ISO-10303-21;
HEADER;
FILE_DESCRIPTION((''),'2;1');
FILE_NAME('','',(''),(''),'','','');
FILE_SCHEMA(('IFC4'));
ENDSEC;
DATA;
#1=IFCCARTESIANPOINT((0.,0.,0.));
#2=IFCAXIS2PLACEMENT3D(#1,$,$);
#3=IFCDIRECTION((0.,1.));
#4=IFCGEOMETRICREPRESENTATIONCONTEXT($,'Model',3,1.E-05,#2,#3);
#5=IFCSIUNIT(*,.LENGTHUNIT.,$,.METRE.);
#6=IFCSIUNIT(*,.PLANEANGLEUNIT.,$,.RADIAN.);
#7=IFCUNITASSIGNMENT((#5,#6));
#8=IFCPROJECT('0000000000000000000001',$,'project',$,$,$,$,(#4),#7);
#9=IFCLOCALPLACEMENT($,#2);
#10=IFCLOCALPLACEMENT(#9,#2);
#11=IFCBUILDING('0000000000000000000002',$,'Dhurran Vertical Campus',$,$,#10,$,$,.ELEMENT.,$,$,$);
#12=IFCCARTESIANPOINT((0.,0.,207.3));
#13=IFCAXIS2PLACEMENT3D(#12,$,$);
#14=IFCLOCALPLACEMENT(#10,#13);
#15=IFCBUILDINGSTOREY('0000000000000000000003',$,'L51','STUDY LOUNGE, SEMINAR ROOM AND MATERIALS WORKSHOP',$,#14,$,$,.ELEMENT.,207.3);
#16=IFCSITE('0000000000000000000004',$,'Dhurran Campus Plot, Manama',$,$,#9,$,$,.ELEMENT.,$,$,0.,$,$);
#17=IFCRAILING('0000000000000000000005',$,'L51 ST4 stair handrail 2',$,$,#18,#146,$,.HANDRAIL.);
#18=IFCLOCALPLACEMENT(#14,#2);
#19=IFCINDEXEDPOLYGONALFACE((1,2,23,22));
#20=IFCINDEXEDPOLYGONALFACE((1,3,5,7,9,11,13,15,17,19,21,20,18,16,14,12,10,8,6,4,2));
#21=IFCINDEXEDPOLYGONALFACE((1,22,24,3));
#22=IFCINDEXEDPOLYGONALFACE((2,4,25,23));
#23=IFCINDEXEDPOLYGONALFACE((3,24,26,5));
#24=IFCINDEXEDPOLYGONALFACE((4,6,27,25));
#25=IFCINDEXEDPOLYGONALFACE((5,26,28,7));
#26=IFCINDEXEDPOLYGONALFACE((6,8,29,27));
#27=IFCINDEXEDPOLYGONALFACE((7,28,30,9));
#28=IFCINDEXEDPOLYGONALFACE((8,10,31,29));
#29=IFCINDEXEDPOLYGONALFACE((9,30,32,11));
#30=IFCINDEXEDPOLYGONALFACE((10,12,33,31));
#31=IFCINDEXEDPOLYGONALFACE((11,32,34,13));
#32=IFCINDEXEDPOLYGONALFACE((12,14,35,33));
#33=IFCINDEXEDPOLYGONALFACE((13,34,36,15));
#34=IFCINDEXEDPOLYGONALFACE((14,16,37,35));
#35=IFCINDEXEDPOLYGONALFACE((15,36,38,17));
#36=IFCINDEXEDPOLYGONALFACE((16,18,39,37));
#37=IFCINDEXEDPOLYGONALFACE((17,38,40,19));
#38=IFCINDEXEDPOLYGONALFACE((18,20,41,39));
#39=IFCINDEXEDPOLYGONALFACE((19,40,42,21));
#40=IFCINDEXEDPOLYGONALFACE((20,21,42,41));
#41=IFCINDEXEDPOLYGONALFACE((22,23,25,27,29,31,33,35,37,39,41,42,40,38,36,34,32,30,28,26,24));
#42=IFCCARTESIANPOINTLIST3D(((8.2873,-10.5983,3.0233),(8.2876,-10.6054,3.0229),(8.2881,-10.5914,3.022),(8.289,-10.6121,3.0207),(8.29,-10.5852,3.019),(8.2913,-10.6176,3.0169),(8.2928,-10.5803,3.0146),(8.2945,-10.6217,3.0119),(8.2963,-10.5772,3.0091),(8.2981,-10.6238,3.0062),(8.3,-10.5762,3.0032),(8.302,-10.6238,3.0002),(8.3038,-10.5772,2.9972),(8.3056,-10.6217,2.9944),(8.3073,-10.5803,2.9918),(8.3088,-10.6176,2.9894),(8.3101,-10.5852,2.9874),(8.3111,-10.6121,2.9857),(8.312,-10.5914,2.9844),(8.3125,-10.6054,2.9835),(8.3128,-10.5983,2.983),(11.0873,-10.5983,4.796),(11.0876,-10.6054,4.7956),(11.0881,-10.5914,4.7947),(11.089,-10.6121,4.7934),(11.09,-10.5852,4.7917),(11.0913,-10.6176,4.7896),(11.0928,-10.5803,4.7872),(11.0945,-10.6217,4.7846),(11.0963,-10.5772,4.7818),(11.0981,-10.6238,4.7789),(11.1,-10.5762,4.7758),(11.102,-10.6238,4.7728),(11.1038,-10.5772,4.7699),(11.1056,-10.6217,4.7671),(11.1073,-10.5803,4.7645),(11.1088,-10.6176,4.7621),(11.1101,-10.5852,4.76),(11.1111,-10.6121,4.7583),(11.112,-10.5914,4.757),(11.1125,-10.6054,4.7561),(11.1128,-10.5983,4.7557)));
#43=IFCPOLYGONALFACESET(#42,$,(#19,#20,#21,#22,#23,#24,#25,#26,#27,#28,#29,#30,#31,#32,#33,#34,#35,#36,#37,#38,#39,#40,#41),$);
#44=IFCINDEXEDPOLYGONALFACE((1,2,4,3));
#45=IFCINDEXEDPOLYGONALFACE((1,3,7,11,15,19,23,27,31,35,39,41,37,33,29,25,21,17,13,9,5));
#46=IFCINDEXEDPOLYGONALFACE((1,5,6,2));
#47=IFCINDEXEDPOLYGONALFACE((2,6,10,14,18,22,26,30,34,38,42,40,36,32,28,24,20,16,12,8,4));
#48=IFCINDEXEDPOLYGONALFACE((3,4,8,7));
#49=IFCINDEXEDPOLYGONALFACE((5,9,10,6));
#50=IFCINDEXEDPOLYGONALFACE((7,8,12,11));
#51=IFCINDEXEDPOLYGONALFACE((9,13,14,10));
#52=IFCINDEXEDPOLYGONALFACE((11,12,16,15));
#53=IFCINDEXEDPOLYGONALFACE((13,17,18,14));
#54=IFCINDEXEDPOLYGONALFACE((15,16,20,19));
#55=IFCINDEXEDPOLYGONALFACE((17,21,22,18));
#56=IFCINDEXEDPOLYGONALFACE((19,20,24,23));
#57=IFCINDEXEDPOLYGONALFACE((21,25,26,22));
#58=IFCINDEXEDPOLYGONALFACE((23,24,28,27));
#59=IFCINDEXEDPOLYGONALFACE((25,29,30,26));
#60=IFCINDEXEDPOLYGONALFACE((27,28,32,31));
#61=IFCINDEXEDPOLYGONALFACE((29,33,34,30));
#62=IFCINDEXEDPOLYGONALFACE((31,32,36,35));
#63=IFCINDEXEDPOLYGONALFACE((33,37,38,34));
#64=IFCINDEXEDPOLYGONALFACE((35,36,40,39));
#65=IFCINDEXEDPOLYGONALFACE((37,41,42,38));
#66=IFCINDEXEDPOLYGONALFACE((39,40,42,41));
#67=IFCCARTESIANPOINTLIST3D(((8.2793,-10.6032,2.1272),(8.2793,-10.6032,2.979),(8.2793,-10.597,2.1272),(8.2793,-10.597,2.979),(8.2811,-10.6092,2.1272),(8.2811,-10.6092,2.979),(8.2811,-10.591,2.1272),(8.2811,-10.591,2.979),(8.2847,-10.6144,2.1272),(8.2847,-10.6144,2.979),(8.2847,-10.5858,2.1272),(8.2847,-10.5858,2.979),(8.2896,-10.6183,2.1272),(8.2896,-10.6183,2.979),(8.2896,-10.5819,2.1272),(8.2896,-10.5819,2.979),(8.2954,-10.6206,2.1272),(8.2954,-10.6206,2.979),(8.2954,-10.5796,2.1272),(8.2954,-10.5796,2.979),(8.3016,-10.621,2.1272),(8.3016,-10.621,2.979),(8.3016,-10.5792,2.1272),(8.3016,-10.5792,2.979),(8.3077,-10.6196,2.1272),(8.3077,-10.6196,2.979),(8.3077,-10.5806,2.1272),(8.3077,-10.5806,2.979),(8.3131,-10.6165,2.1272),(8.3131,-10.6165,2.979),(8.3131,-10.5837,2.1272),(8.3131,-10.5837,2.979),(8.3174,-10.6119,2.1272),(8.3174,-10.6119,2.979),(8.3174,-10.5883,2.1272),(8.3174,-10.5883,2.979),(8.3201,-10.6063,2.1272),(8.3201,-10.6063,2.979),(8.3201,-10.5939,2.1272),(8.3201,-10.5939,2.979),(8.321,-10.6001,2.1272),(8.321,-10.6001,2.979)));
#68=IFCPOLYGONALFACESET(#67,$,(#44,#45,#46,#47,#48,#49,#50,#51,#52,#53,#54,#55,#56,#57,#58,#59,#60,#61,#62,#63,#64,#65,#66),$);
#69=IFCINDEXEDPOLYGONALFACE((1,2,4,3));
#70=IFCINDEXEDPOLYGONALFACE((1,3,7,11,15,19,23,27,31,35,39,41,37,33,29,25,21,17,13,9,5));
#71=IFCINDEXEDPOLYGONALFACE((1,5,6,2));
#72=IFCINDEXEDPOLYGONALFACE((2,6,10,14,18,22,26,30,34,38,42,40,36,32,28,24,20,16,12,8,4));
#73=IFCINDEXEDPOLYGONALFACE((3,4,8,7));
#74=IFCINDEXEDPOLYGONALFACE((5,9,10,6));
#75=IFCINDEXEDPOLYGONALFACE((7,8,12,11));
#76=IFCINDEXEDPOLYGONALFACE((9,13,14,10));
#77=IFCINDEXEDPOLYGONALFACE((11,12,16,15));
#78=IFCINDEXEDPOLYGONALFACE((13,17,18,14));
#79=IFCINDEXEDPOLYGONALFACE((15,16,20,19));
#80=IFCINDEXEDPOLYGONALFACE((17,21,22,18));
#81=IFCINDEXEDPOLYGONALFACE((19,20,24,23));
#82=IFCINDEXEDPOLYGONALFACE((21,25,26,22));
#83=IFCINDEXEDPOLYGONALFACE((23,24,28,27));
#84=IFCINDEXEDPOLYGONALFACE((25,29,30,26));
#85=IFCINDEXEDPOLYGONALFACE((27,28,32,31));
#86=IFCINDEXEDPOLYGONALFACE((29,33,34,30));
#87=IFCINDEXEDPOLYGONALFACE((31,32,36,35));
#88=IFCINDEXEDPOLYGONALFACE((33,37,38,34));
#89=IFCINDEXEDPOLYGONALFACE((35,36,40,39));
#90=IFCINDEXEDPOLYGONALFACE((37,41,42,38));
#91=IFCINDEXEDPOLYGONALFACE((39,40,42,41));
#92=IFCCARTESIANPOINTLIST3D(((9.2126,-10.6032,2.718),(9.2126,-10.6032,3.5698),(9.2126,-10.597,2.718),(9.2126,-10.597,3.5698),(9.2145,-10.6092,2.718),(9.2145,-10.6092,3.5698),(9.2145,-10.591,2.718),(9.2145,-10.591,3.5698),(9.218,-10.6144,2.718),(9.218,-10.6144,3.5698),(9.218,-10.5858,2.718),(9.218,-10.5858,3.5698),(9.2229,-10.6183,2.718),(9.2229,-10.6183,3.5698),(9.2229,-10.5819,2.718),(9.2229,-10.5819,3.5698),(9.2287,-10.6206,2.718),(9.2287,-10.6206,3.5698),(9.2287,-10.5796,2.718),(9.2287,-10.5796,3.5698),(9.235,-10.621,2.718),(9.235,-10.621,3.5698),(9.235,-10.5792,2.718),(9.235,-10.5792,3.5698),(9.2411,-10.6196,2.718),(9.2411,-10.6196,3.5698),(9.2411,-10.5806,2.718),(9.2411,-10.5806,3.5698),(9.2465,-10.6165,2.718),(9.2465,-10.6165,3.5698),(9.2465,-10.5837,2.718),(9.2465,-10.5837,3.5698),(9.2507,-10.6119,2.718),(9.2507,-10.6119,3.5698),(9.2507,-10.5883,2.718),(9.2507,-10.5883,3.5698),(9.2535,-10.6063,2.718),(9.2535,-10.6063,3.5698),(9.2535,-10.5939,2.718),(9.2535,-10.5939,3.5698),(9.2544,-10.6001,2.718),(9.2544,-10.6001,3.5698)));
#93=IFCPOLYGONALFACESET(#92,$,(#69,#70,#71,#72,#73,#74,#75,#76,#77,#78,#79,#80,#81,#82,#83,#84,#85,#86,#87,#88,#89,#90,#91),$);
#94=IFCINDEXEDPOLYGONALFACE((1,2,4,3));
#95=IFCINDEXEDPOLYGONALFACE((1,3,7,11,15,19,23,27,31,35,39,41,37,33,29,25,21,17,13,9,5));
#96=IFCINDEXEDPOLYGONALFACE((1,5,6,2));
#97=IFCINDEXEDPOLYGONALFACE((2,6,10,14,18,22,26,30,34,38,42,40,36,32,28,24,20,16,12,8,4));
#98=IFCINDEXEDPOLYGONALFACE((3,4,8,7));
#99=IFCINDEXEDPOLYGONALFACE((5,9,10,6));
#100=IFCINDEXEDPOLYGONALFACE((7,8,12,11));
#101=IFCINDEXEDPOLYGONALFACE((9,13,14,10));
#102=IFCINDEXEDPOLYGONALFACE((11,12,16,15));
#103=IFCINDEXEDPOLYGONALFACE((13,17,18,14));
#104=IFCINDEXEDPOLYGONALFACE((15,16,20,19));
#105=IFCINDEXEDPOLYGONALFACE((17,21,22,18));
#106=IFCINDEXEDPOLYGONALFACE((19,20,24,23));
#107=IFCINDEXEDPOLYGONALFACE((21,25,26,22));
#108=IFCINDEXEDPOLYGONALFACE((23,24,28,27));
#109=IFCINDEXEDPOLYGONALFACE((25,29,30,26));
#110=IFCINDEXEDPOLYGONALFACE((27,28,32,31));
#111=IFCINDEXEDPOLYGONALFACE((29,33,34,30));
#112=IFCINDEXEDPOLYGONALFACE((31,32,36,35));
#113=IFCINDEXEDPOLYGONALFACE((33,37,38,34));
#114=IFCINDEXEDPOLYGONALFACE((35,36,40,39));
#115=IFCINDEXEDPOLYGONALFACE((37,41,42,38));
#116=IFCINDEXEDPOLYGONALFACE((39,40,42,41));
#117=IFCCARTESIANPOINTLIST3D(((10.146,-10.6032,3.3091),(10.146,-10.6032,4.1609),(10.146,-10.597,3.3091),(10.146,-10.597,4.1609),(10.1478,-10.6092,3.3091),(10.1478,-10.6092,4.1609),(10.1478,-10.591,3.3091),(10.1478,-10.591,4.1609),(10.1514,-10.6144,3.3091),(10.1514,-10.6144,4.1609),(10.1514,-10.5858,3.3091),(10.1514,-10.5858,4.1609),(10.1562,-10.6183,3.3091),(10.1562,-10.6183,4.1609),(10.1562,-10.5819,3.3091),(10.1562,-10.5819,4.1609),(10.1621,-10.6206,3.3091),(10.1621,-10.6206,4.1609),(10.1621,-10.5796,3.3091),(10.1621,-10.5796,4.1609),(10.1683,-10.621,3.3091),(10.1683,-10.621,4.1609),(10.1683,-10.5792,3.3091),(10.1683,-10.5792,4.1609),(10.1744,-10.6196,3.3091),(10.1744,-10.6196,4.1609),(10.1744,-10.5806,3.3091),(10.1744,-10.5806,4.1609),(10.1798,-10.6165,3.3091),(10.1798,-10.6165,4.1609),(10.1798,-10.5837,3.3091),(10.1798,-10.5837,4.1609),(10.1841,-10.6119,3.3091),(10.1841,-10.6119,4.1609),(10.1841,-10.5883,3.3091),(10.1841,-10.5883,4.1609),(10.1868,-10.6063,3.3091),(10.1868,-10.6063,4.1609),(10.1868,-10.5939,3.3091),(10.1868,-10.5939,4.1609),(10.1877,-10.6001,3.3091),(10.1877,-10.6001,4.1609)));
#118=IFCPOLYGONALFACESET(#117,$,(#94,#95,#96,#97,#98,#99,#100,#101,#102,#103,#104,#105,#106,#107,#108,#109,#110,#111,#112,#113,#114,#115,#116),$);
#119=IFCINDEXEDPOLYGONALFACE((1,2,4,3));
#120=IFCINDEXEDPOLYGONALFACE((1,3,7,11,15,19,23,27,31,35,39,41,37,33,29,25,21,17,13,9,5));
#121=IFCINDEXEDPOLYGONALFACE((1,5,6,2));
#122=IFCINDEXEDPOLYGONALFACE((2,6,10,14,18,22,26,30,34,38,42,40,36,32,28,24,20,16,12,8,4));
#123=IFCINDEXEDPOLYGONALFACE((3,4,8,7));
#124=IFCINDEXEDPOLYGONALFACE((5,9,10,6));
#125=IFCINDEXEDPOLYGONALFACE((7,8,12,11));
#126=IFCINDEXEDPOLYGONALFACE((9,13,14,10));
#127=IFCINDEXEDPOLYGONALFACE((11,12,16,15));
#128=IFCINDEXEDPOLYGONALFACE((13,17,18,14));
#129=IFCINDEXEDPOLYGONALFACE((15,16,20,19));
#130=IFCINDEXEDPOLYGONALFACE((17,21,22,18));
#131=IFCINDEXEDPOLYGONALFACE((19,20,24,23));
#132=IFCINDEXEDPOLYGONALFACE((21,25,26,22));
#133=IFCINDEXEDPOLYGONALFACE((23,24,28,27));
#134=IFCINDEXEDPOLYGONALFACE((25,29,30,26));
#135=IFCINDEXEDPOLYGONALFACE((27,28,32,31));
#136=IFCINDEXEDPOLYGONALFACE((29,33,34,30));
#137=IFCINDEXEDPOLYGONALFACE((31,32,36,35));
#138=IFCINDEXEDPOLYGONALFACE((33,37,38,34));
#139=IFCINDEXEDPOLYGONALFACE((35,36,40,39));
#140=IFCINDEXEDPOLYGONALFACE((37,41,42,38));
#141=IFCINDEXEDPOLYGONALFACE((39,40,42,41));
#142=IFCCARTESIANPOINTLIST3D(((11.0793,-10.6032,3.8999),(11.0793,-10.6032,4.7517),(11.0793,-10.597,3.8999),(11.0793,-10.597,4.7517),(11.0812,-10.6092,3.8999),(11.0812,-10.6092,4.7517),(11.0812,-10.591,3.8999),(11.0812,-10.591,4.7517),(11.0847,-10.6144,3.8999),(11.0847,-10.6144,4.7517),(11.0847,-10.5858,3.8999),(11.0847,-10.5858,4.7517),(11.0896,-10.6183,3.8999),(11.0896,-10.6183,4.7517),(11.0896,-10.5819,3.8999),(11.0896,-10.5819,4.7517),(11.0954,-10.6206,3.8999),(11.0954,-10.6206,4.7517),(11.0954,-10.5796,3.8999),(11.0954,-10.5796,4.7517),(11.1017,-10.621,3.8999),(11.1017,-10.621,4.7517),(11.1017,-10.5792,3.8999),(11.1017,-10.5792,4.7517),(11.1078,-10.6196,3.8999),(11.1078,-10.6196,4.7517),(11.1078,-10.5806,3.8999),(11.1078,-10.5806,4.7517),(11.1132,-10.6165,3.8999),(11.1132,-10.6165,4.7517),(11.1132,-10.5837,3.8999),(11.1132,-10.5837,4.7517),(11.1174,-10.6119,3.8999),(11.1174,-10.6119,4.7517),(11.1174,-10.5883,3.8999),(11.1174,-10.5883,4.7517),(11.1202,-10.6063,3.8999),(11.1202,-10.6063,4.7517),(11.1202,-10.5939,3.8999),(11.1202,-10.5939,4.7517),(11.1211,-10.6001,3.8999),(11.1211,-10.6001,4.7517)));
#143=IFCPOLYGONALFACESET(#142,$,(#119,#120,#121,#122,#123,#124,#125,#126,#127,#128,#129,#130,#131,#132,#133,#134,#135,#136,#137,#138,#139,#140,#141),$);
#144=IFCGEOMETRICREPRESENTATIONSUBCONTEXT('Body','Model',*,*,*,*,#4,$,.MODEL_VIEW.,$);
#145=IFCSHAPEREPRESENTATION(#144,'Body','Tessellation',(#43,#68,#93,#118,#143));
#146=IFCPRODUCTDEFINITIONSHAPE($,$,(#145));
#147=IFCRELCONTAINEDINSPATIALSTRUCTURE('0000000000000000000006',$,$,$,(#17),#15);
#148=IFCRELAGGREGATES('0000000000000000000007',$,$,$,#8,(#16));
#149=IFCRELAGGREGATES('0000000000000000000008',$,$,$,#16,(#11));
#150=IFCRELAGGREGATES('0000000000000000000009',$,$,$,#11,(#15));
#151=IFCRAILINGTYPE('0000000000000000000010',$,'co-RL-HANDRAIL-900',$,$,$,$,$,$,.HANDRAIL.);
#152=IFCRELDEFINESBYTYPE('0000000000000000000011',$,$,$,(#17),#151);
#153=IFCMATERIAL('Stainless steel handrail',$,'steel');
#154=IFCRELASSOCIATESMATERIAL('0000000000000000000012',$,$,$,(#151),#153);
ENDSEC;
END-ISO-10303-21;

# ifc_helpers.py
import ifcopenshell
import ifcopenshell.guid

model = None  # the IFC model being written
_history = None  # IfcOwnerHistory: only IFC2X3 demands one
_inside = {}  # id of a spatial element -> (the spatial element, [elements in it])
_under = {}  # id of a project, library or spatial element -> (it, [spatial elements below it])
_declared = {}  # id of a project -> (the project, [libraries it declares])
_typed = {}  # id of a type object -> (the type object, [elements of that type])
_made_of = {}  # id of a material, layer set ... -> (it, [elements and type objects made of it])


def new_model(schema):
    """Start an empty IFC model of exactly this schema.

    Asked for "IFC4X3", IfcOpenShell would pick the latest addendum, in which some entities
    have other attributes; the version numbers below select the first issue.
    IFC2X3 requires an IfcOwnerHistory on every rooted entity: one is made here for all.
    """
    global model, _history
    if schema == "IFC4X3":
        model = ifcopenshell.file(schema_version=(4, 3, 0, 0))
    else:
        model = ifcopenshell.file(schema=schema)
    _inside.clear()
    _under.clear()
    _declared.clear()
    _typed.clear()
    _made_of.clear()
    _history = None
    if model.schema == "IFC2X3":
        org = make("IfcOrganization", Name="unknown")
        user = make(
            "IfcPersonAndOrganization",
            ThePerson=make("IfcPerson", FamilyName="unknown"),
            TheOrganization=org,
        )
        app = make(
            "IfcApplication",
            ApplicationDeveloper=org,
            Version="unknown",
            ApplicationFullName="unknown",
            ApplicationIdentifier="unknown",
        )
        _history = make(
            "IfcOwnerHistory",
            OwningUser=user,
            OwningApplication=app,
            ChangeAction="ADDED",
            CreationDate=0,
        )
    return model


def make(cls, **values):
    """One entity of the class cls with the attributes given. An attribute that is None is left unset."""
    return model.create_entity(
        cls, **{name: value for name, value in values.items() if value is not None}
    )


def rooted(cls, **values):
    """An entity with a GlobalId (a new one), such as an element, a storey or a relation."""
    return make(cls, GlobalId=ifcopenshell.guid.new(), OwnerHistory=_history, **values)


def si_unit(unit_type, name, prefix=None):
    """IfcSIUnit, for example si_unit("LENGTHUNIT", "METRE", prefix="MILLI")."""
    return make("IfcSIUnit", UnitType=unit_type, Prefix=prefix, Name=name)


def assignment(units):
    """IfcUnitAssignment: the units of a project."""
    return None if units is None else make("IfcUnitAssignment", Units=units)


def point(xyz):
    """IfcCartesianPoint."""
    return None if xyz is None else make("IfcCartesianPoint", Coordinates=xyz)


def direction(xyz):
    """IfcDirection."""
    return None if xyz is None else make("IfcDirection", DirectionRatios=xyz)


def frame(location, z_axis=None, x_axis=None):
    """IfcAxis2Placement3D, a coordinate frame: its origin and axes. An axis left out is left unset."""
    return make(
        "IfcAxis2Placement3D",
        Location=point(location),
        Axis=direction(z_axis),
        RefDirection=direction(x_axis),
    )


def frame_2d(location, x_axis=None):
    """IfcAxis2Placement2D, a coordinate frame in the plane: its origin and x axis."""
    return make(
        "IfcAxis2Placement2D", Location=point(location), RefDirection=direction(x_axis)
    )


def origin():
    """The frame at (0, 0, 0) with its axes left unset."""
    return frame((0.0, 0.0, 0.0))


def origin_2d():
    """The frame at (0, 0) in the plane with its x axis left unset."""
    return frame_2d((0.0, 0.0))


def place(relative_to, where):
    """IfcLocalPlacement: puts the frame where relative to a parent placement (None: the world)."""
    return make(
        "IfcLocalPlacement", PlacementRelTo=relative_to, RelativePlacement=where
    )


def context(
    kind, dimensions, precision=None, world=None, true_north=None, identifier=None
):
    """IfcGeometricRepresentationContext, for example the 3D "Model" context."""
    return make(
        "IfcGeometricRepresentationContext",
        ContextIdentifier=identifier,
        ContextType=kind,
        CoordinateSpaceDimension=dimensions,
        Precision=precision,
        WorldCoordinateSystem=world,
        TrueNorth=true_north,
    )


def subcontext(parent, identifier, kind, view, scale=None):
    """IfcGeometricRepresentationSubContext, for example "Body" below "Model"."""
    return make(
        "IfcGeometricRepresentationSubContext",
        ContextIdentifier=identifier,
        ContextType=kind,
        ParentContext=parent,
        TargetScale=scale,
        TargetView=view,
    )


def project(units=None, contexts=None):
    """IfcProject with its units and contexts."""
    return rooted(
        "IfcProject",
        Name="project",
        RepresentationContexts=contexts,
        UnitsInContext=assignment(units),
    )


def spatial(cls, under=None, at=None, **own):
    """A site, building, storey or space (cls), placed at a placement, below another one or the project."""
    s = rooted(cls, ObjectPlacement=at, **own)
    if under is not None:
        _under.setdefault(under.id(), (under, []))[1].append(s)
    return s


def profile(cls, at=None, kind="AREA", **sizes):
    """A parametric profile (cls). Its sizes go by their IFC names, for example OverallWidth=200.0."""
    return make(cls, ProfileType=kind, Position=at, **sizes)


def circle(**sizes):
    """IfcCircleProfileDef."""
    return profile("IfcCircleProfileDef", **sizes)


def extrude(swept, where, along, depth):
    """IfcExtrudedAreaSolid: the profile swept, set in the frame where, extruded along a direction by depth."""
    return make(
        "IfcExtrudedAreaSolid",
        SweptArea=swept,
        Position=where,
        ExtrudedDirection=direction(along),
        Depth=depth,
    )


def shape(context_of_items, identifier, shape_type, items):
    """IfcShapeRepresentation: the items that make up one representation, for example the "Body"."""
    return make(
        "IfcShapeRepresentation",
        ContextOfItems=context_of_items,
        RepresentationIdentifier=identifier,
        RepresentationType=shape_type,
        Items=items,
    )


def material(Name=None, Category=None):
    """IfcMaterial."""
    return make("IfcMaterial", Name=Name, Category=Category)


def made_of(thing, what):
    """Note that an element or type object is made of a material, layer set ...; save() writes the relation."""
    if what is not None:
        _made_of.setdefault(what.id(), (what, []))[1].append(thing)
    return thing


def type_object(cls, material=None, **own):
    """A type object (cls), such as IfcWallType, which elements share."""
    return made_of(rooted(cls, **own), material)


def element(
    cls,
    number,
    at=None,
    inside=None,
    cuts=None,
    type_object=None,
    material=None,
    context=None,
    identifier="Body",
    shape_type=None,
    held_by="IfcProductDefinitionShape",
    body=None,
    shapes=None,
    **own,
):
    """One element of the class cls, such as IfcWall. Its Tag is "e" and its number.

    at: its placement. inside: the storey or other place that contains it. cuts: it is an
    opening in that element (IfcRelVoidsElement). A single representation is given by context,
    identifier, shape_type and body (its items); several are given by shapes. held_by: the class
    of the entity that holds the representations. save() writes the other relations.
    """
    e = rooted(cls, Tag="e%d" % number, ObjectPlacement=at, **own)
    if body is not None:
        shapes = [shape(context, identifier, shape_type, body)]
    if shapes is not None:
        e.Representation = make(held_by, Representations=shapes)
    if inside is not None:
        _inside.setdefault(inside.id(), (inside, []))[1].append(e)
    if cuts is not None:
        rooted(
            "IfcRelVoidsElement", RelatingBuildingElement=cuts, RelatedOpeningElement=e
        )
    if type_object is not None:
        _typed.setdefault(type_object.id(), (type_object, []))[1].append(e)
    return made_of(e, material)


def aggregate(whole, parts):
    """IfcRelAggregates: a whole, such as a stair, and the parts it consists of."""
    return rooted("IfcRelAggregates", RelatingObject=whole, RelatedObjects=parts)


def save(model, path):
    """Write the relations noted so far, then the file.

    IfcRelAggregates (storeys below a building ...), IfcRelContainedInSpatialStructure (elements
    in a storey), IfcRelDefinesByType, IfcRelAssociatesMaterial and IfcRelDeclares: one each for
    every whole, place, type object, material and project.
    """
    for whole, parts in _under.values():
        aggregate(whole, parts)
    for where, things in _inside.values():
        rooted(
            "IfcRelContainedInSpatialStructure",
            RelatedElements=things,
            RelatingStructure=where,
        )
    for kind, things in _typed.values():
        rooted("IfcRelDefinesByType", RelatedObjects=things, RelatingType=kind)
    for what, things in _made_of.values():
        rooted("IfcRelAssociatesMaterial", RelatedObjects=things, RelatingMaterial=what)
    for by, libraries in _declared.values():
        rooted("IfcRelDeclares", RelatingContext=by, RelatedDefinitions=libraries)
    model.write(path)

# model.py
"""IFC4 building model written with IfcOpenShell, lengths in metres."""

from ifc_helpers import new_model, si_unit, direction, frame, origin, origin_2d, place, context, subcontext, project, spatial, circle, extrude, material, type_object, element, save


model = new_model("IFC4")

# Units and contexts
model_context = context("Model", 3, precision=1e-05, world=origin(), true_north=direction((0.0, 1.0)))
body_context = subcontext(model_context, "Body", "Model", "MODEL_VIEW")
ifc_project = project(units=[si_unit("LENGTHUNIT", "METRE"), si_unit("PLANEANGLEUNIT", "RADIAN")], contexts=[model_context])

# Site, building, storey
site_placement = place(None, origin())
site = spatial("IfcSite", under=ifc_project, at=site_placement, Name="Dhurran Campus Plot, Manama", CompositionType="ELEMENT", RefElevation=0.0)
building_placement = place(site_placement, origin())
building = spatial("IfcBuilding", under=site, at=building_placement, Name="Dhurran Vertical Campus", CompositionType="ELEMENT")
storey_placement = place(building_placement, frame((0.0, 0.0, 207.3)))
storey = spatial("IfcBuildingStorey", under=building, at=storey_placement, Name="L51", Description="STUDY LOUNGE, SEMINAR ROOM AND MATERIALS WORKSHOP", CompositionType="ELEMENT", Elevation=207.3)

# Railing
ifc_material_1 = material(Name="Stainless steel handrail", Category="steel")
railing_type_1 = type_object("IfcRailingType", Name="co-RL-HANDRAIL-900", PredefinedType="HANDRAIL", material=ifc_material_1)
railing_1_placement = place(storey_placement, frame((8.3, -10.6001, 2.1272)))
element("IfcRailing", 1, at=railing_1_placement, inside=storey, type_object=railing_type_1, Name="L51 ST4 stair handrail 2", PredefinedType="HANDRAIL", context=body_context, shape_type="SweptSolid", body=[
    extrude(circle(Radius=0.0239, at=origin_2d()), frame((0.0, 0.0, 0.876), z_axis=(0.844909, 0.0, 0.53491), x_axis=(0.0, 1.0, 0.0)), (0.0, 0.0, 1.0), 3.314),
    extrude(circle(Radius=0.021, at=origin_2d()), origin(), (0.0, 0.0, 1.0), 0.8518),
    extrude(circle(Radius=0.021, at=origin_2d()), frame((0.9333, 0.0, 0.5908)), (0.0, 0.0, 1.0), 0.8518),
    extrude(circle(Radius=0.021, at=origin_2d()), frame((1.8667, 0.0, 1.1819)), (0.0, 0.0, 1.0), 0.8518),
    extrude(circle(Radius=0.021, at=origin_2d()), frame((2.8, 0.0, 1.7727)), (0.0, 0.0, 1.0), 0.8518),
])

save(model, "model.ifc")
